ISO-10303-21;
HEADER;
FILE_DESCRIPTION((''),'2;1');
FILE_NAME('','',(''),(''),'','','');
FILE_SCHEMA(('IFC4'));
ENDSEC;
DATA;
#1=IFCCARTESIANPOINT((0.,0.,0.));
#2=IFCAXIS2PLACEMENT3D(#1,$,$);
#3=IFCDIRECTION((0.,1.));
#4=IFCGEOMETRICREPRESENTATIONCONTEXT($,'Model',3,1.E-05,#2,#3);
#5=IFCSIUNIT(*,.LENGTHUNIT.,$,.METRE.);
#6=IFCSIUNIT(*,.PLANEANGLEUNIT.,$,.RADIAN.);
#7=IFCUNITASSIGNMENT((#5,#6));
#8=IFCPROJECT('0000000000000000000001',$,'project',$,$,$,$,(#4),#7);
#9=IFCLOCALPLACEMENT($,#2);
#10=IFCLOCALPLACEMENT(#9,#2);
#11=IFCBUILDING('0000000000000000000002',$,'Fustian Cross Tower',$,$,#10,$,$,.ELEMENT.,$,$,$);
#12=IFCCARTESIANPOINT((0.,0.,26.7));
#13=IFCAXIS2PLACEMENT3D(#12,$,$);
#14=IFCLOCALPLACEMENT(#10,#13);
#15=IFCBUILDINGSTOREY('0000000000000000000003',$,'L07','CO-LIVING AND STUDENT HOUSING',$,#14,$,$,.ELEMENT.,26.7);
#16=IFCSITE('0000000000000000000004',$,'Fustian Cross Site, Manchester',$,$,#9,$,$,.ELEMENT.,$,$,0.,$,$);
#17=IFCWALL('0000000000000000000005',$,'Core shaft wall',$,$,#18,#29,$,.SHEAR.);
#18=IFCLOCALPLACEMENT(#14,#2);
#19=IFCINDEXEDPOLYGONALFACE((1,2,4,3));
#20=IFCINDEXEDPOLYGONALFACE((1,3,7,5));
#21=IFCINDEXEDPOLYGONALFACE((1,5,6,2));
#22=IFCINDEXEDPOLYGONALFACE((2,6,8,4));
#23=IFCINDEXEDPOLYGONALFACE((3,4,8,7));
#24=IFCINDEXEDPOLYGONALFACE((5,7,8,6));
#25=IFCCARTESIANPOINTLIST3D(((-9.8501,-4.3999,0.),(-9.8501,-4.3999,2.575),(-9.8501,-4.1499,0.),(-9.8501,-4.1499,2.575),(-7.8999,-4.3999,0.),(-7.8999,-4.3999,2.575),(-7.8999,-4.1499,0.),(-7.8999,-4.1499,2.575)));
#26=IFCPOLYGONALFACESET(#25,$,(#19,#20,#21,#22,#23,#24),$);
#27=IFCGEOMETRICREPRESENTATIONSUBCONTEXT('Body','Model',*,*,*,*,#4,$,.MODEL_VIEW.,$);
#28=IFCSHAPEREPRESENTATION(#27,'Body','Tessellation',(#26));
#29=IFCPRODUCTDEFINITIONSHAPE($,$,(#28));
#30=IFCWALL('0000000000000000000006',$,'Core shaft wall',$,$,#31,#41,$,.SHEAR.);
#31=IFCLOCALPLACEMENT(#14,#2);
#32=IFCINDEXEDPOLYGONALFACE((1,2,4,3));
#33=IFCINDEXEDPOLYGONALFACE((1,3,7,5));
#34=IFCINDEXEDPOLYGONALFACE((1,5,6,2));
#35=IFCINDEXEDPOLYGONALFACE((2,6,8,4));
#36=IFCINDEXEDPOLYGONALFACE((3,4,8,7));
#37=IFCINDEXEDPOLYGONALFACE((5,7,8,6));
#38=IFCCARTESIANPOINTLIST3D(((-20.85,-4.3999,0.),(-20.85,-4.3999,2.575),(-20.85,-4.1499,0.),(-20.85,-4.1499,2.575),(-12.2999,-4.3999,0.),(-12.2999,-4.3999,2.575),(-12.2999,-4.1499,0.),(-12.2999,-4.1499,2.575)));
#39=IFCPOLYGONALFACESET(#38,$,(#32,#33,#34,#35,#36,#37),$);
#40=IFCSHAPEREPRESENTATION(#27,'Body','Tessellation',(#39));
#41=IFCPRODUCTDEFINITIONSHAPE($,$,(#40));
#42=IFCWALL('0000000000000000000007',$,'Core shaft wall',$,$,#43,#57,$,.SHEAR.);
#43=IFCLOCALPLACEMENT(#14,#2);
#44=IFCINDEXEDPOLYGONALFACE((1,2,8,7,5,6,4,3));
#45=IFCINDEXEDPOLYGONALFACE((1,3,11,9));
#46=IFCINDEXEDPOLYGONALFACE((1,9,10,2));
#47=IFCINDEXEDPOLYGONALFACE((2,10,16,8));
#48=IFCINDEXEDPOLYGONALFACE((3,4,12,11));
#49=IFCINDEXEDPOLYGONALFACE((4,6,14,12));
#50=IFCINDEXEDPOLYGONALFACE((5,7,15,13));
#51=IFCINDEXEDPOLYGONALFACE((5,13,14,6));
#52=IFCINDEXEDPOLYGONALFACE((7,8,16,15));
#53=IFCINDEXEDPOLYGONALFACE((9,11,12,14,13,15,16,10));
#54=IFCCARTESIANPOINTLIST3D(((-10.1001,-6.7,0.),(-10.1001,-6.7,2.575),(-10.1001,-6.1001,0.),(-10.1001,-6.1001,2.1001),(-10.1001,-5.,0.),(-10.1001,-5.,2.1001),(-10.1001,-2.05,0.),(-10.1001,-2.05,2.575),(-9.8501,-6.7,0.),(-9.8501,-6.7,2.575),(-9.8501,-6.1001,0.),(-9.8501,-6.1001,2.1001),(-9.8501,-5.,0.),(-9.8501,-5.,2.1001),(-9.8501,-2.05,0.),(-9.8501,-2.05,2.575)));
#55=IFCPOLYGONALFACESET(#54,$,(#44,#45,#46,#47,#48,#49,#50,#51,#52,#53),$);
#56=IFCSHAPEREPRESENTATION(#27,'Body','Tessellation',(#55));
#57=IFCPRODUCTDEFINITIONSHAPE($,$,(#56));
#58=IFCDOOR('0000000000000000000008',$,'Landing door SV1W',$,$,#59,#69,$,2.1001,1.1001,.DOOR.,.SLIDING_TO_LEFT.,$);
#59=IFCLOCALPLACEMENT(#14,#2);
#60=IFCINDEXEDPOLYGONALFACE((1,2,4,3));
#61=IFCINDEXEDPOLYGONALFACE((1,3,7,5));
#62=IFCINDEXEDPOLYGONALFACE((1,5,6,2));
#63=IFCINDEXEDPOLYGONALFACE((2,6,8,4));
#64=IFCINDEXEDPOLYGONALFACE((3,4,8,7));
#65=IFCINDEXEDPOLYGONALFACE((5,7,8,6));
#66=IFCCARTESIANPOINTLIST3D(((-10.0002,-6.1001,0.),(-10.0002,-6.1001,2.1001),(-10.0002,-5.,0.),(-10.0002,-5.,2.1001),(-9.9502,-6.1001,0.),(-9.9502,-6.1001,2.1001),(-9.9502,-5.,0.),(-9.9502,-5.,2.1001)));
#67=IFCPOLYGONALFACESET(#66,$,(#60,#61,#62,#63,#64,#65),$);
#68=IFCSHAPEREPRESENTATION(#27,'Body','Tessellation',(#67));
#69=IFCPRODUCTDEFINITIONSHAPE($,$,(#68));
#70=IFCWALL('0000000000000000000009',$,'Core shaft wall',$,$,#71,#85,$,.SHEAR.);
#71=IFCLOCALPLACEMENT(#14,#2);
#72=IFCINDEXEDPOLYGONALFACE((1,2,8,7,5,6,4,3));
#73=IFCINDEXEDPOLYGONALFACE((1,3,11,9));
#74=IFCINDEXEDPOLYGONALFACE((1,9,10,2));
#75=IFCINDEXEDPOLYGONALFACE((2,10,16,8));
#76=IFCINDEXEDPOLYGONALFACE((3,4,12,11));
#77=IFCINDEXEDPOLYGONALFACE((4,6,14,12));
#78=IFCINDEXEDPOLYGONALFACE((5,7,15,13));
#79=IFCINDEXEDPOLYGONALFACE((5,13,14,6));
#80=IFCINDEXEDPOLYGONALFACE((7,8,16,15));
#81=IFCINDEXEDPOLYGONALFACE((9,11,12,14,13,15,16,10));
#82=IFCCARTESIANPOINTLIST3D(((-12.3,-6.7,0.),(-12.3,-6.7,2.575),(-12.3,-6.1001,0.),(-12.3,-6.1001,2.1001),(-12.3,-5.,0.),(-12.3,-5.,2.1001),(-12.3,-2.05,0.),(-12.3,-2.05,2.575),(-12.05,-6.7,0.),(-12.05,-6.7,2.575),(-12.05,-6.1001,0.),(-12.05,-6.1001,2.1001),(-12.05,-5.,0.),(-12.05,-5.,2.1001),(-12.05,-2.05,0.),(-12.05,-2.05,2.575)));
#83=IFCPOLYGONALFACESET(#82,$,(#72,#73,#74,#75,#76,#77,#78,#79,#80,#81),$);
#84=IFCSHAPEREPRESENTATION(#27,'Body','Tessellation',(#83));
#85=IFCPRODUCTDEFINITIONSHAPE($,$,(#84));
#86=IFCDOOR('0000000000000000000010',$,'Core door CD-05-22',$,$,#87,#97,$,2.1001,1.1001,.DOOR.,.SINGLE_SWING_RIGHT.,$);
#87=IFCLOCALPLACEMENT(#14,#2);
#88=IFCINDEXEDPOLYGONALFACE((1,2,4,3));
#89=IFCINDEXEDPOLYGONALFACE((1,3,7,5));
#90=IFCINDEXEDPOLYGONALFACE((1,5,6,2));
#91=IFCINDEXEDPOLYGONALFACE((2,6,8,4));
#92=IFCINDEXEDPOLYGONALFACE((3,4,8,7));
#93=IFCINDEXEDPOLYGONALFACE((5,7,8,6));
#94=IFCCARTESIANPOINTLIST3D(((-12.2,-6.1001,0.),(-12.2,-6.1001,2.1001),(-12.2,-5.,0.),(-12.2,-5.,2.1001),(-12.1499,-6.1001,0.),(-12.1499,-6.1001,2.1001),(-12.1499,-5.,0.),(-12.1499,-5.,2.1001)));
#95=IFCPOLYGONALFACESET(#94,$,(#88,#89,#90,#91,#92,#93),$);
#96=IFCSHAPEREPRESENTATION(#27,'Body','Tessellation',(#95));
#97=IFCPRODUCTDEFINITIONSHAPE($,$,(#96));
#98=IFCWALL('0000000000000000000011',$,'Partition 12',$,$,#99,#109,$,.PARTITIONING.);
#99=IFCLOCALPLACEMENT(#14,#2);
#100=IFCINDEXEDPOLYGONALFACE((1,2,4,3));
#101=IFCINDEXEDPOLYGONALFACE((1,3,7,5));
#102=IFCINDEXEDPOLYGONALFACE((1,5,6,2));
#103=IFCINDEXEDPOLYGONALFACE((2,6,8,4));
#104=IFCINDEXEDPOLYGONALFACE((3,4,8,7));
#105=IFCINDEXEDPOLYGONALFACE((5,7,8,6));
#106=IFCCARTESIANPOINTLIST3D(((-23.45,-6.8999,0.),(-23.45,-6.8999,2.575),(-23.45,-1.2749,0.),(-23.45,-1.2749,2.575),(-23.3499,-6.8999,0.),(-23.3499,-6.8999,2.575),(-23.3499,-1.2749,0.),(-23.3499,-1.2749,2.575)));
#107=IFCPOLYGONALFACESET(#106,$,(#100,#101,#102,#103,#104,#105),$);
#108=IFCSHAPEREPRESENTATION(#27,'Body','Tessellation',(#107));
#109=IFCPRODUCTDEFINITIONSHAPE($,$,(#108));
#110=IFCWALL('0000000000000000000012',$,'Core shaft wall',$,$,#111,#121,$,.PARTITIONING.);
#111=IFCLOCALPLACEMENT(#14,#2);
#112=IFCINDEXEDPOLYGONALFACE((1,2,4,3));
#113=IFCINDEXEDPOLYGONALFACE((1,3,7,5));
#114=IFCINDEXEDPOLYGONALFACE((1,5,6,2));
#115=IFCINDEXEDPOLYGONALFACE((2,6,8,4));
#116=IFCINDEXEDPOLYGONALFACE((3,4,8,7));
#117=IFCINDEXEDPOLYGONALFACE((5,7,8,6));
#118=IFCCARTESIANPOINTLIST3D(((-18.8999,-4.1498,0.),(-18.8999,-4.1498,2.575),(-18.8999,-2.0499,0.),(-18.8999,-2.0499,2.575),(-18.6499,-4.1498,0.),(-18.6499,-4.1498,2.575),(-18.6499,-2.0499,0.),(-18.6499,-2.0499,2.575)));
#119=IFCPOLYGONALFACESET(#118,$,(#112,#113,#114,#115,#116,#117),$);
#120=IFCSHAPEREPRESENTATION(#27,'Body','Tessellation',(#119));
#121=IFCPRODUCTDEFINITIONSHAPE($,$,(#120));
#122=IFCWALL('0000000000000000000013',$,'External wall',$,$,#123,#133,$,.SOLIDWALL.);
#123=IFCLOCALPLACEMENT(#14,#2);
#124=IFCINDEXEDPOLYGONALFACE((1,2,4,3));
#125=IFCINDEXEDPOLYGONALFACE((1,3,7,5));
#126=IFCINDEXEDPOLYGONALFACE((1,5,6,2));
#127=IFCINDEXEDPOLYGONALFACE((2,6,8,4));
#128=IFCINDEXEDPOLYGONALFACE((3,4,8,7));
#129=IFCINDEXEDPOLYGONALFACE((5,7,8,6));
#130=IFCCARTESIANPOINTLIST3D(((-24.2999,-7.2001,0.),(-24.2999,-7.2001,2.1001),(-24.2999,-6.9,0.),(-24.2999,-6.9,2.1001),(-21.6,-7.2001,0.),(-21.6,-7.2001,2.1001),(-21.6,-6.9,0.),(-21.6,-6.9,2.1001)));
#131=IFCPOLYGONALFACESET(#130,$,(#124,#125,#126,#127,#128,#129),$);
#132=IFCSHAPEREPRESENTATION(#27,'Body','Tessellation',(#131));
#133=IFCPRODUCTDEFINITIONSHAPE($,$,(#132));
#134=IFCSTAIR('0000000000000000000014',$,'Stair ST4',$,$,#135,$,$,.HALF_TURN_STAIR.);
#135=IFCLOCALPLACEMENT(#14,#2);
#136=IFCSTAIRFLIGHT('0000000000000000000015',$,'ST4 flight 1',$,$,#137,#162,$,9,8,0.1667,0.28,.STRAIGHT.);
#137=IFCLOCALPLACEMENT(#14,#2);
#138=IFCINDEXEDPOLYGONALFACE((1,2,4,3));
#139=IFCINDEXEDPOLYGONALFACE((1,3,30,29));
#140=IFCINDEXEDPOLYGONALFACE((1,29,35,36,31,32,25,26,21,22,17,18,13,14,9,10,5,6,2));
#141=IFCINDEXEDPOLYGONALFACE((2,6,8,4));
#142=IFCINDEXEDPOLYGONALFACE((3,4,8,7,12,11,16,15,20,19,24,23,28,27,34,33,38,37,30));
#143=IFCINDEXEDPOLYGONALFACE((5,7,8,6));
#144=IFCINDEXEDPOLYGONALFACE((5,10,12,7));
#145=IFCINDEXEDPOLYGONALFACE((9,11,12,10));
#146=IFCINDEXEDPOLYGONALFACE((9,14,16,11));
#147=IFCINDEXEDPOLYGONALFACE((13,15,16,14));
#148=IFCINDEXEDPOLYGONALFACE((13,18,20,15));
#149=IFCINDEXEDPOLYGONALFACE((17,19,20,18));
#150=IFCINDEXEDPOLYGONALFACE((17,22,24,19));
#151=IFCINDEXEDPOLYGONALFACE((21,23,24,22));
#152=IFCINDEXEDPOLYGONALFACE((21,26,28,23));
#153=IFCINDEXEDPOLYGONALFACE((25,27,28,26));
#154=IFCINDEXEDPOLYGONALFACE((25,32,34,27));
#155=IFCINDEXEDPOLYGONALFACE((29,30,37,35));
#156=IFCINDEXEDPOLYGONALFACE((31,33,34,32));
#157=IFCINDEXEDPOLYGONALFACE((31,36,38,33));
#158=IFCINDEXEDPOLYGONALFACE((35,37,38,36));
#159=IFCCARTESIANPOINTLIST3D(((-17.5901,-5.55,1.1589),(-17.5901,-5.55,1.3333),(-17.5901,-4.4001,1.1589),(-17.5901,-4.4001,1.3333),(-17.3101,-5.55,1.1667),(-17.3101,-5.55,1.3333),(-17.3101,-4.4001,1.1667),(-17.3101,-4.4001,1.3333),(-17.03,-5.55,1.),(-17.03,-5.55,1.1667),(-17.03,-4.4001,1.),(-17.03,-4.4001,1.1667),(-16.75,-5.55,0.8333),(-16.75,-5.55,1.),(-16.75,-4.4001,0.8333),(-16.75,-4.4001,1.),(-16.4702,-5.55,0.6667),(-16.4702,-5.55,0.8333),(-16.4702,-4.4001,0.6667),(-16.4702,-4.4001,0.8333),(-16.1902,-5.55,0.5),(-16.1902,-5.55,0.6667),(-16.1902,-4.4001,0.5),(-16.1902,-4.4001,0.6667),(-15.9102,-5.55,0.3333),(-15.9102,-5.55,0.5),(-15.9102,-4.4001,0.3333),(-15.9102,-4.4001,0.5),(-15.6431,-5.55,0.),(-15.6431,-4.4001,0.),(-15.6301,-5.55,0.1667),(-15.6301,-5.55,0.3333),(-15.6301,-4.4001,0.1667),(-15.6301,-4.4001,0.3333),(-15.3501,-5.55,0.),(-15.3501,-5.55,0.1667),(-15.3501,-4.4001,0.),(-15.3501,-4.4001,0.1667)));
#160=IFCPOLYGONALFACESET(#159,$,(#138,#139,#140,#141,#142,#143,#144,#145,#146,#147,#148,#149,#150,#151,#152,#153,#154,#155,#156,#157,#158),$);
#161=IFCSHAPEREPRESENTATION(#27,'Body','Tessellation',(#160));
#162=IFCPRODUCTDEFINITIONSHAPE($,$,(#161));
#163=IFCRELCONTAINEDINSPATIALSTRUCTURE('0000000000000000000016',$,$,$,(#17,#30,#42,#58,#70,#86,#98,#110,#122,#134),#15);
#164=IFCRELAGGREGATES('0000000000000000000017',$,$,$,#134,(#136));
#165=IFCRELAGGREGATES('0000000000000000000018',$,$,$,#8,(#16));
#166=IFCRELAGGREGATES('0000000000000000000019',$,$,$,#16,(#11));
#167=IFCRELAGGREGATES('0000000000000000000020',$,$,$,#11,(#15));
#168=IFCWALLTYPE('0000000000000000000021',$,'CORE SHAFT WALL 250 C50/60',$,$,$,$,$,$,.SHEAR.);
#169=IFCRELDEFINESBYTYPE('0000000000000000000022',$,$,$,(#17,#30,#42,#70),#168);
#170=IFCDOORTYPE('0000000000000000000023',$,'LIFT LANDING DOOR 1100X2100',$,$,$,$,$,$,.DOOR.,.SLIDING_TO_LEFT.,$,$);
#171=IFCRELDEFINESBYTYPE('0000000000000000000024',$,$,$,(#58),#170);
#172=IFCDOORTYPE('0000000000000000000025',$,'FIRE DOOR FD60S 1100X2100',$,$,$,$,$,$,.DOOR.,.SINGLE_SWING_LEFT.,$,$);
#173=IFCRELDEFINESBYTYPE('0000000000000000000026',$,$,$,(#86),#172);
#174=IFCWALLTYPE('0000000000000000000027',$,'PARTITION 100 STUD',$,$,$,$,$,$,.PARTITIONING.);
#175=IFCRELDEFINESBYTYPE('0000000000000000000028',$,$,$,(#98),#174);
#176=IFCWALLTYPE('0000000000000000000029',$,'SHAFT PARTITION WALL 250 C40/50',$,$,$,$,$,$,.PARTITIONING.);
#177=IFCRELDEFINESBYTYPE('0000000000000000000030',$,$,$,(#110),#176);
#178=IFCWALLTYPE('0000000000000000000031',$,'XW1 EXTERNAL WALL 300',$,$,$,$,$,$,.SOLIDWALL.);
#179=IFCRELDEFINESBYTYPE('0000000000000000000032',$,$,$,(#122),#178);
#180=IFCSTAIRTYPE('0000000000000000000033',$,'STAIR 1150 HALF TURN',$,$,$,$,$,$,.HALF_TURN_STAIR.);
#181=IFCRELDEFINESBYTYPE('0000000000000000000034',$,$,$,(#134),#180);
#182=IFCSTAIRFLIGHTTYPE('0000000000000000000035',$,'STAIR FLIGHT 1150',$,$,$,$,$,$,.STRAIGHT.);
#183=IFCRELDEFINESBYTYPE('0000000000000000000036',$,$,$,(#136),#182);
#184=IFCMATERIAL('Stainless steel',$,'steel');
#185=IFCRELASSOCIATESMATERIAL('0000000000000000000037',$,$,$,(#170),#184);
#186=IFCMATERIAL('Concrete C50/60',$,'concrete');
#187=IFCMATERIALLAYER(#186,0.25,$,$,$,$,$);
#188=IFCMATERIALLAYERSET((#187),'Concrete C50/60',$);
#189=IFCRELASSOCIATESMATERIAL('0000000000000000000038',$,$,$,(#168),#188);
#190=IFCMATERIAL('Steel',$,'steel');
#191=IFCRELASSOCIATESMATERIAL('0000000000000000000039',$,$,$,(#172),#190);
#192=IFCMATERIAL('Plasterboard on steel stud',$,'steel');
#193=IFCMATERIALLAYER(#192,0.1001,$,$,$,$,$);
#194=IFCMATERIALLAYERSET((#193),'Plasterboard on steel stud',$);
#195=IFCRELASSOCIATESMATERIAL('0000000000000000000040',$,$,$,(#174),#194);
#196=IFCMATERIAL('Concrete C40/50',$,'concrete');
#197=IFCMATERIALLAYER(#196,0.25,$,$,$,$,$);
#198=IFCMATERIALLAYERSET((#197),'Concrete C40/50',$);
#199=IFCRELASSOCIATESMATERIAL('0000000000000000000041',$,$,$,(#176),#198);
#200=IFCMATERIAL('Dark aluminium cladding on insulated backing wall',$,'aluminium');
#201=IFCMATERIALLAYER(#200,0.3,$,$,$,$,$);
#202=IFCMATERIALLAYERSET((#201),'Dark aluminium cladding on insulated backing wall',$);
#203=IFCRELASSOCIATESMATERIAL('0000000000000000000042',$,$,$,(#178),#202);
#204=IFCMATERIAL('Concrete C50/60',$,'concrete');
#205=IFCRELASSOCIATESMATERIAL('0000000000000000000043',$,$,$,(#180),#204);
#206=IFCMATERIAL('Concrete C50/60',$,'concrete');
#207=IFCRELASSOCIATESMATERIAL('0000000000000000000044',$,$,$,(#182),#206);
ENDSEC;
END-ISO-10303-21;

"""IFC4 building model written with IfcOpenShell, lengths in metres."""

from ifc_helpers import new_model, si_unit, direction, frame, frame_2d, origin, place, context, subcontext, project, spatial, polyline, rectangle, outline, extrude, material, layer, layer_set, type_object, element, fill, aggregate, save


model = new_model("IFC4")

# Units and contexts
model_context = context("Model", 3, precision=1e-05, world=origin(), true_north=direction((0.0, 1.0)))
body_context = subcontext(model_context, "Body", "Model", "MODEL_VIEW")
ifc_project = project(units=[si_unit("LENGTHUNIT", "METRE"), si_unit("PLANEANGLEUNIT", "RADIAN")], contexts=[model_context])

# Site, building, storey
site_placement = place(None, origin())
site = spatial("IfcSite", under=ifc_project, at=site_placement, Name="Fustian Cross Site, Manchester", CompositionType="ELEMENT", RefElevation=0.0)
building_placement = place(site_placement, origin())
building = spatial("IfcBuilding", under=site, at=building_placement, Name="Fustian Cross Tower", CompositionType="ELEMENT")
storey_placement = place(building_placement, frame((0.0, 0.0, 26.7)))
storey = spatial("IfcBuildingStorey", under=building, at=storey_placement, Name="L07", Description="CO-LIVING AND STUDENT HOUSING", CompositionType="ELEMENT", Elevation=26.7)

# Shared definitions
ifc_material_1 = material(Name="Stainless steel", Category="steel")
door_type_1 = type_object("IfcDoorType", Name="LIFT LANDING DOOR 1100X2100", OperationType="SLIDING_TO_LEFT", PredefinedType="DOOR", material=ifc_material_1)

# Walls
ifc_material_2 = material(Name="Concrete C50/60", Category="concrete")
ifc_layer_1 = layer(ifc_material_2, 0.25)
ifc_layer_set_1 = layer_set([ifc_layer_1], Name="Concrete C50/60")
wall_type_1 = type_object("IfcWallType", Name="CORE SHAFT WALL 250 C50/60", PredefinedType="SHEAR", material=ifc_layer_set_1)
wall_1_placement = place(storey_placement, frame((-7.8999, -4.2749, 0.0), z_axis=(0.0, 0.0, 1.0), x_axis=(-1.0, 0.0, 0.0)))
element("IfcWall", 1, at=wall_1_placement, inside=storey, type_object=wall_type_1, Name="Core shaft wall", PredefinedType="SHEAR", context=body_context, shape_type="SweptSolid", body=[
    extrude(rectangle(XDim=1.9502, YDim=0.25, at=frame_2d((0.9751, 0.0))), origin(), (0.0, 0.0, 1.0), 2.575),
])
wall_2_placement = place(storey_placement, frame((-12.3, -4.2749, 0.0), z_axis=(0.0, 0.0, 1.0), x_axis=(-1.0, 0.0, 0.0)))
element("IfcWall", 2, at=wall_2_placement, inside=storey, type_object=wall_type_1, Name="Core shaft wall", PredefinedType="SHEAR", context=body_context, shape_type="SweptSolid", body=[
    extrude(rectangle(XDim=8.55, YDim=0.25, at=frame_2d((4.2749, 0.0))), origin(), (0.0, 0.0, 1.0), 2.575),
])

# Walls, openings, doors
wall_3_placement = place(storey_placement, frame((-9.9751, -2.05, 0.0), z_axis=(0.0, 0.0, 1.0), x_axis=(0.0, -1.0, 0.0)))
wall_3 = element("IfcWall", 3, at=wall_3_placement, inside=storey, type_object=wall_type_1, Name="Core shaft wall", PredefinedType="SHEAR", context=body_context, shape_type="SweptSolid", body=[
    extrude(rectangle(XDim=4.6499, YDim=0.25, at=frame_2d((2.325, 0.0))), origin(), (0.0, 0.0, 1.0), 2.575),
])
opening_1_placement = place(wall_3_placement, frame((2.95, 0.0, 0.0)))
opening_1 = element("IfcOpeningElement", 4, at=opening_1_placement, cuts=wall_3, PredefinedType="OPENING", context=body_context, shape_type="SweptSolid", body=[
    extrude(rectangle(XDim=1.1001, YDim=2.1001, at=frame_2d((0.55, 1.05))), frame((0.0, 0.135, 0.0), z_axis=(0.0, -1.0, 0.0), x_axis=(1.0, 0.0, 0.0)), (0.0, 0.0, 1.0), 0.27),
])
door_1_placement = place(opening_1_placement, origin())
door_1 = element("IfcDoor", 5, at=door_1_placement, inside=storey, type_object=door_type_1, Name="Landing door SV1W", OperationType="SLIDING_TO_LEFT", OverallHeight=2.1001, OverallWidth=1.1001, PredefinedType="DOOR", context=body_context, shape_type="SweptSolid", body=[
    extrude(rectangle(XDim=1.1001, YDim=2.1001, at=frame_2d((0.55, 1.05))), frame((0.0, 0.0249, 0.0), z_axis=(0.0, -1.0, 0.0), x_axis=(1.0, 0.0, 0.0)), (0.0, 0.0, 1.0), 0.05),
])
fill(opening_1, door_1)
wall_4_placement = place(storey_placement, frame((-12.175, -2.05, 0.0), z_axis=(0.0, 0.0, 1.0), x_axis=(0.0, -1.0, 0.0)))
wall_4 = element("IfcWall", 6, at=wall_4_placement, inside=storey, type_object=wall_type_1, Name="Core shaft wall", PredefinedType="SHEAR", context=body_context, shape_type="SweptSolid", body=[
    extrude(rectangle(XDim=4.6499, YDim=0.25, at=frame_2d((2.325, 0.0))), origin(), (0.0, 0.0, 1.0), 2.575),
])
opening_2_placement = place(wall_4_placement, frame((2.95, 0.0, 0.0)))
opening_2 = element("IfcOpeningElement", 7, at=opening_2_placement, cuts=wall_4, PredefinedType="OPENING", context=body_context, shape_type="SweptSolid", body=[
    extrude(rectangle(XDim=1.1001, YDim=2.1001, at=frame_2d((0.55, 1.05))), frame((0.0, 0.135, 0.0), z_axis=(0.0, -1.0, 0.0), x_axis=(1.0, 0.0, 0.0)), (0.0, 0.0, 1.0), 0.27),
])
ifc_material_3 = material(Name="Steel", Category="steel")
door_type_2 = type_object("IfcDoorType", Name="FIRE DOOR FD60S 1100X2100", OperationType="SINGLE_SWING_LEFT", PredefinedType="DOOR", material=ifc_material_3)
door_2_placement = place(opening_2_placement, frame((1.1001, 0.0, 0.0), z_axis=(0.0, 0.0, 1.0), x_axis=(-1.0, 0.0, 0.0)))
door_2 = element("IfcDoor", 8, at=door_2_placement, inside=storey, type_object=door_type_2, Name="Core door CD-05-22", OperationType="SINGLE_SWING_RIGHT", OverallHeight=2.1001, OverallWidth=1.1001, PredefinedType="DOOR", context=body_context, shape_type="SweptSolid", body=[
    extrude(rectangle(XDim=1.1001, YDim=2.1001, at=frame_2d((0.55, 1.05))), frame((0.0, 0.0249, 0.0), z_axis=(0.0, -1.0, 0.0), x_axis=(1.0, 0.0, 0.0)), (0.0, 0.0, 1.0), 0.05),
])
fill(opening_2, door_2)

# Walls
ifc_material_4 = material(Name="Plasterboard on steel stud", Category="steel")
ifc_layer_2 = layer(ifc_material_4, 0.1001)
ifc_layer_set_2 = layer_set([ifc_layer_2], Name="Plasterboard on steel stud")
wall_type_2 = type_object("IfcWallType", Name="PARTITION 100 STUD", PredefinedType="PARTITIONING", material=ifc_layer_set_2)
wall_5_placement = place(storey_placement, frame((-23.3999, -6.8999, 0.0), z_axis=(0.0, 0.0, 1.0), x_axis=(0.0, 1.0, 0.0)))
element("IfcWall", 9, at=wall_5_placement, inside=storey, type_object=wall_type_2, Name="Partition 12", PredefinedType="PARTITIONING", context=body_context, shape_type="SweptSolid", body=[
    extrude(rectangle(XDim=5.625, YDim=0.1001, at=frame_2d((2.8125, 0.0))), origin(), (0.0, 0.0, 1.0), 2.575),
])
ifc_material_5 = material(Name="Concrete C40/50", Category="concrete")
ifc_layer_3 = layer(ifc_material_5, 0.25)
ifc_layer_set_3 = layer_set([ifc_layer_3], Name="Concrete C40/50")
wall_type_3 = type_object("IfcWallType", Name="SHAFT PARTITION WALL 250 C40/50", PredefinedType="PARTITIONING", material=ifc_layer_set_3)
wall_6_placement = place(storey_placement, frame((-18.7749, -2.05, 0.0), z_axis=(0.0, 0.0, 1.0), x_axis=(0.0, -1.0, 0.0)))
element("IfcWall", 10, at=wall_6_placement, inside=storey, type_object=wall_type_3, Name="Core shaft wall", PredefinedType="PARTITIONING", context=body_context, shape_type="SweptSolid", body=[
    extrude(rectangle(XDim=2.0999, YDim=0.25, at=frame_2d((1.0498, 0.0))), origin(), (0.0, 0.0, 1.0), 2.575),
])
ifc_material_6 = material(Name="Dark aluminium cladding on insulated backing wall", Category="aluminium")
ifc_layer_4 = layer(ifc_material_6, 0.3)
ifc_layer_set_4 = layer_set([ifc_layer_4], Name="Dark aluminium cladding on insulated backing wall")
wall_type_4 = type_object("IfcWallType", Name="XW1 EXTERNAL WALL 300", PredefinedType="SOLIDWALL", material=ifc_layer_set_4)
wall_7_placement = place(storey_placement, frame((-24.3, -7.05, 0.0), z_axis=(0.0, 0.0, 1.0), x_axis=(1.0, 0.0, 0.0)))
element("IfcWall", 11, at=wall_7_placement, inside=storey, type_object=wall_type_4, Name="External wall", PredefinedType="SOLIDWALL", context=body_context, shape_type="SweptSolid", body=[
    extrude(rectangle(XDim=2.7, YDim=0.3, at=frame_2d((1.3501, 0.0))), origin(), (0.0, 0.0, 1.0), 2.1001),
])

# Stair, stair flight
ifc_material_7 = material(Name="Concrete C50/60", Category="concrete")
stair_type = type_object("IfcStairType", Name="STAIR 1150 HALF TURN", PredefinedType="HALF_TURN_STAIR", material=ifc_material_7)
stair_placement = place(storey_placement, origin())
stair = element("IfcStair", 12, at=stair_placement, inside=storey, type_object=stair_type, Name="Stair ST4", PredefinedType="HALF_TURN_STAIR")
ifc_material_8 = material(Name="Concrete C50/60", Category="concrete")
stair_flight_type = type_object("IfcStairFlightType", Name="STAIR FLIGHT 1150", PredefinedType="STRAIGHT", material=ifc_material_8)
stair_flight_1_placement = place(storey_placement, frame((-15.3501, -4.9751, 0.0), z_axis=(0.0, 0.0, 1.0), x_axis=(-1.0, 0.0, 0.0)))
stair_flight_1 = element("IfcStairFlight", 13, at=stair_flight_1_placement, type_object=stair_flight_type, Name="ST4 flight 1", NumberOfRisers=9, NumberOfTreads=8, PredefinedType="STRAIGHT", RiserHeight=0.1667, TreadLength=0.28, context=body_context, shape_type="SweptSolid", body=[
    extrude(outline(polyline([(0.0, 0.0), (0.0, 0.1667), (0.28, 0.1667), (0.28, 0.3333), (0.5601, 0.3333), (0.5601, 0.5), (0.8401, 0.5), (0.8401, 0.6667), (1.1201, 0.6667), (1.1201, 0.8333), (1.3999, 0.8333), (1.3999, 1.0), (1.6799, 1.0), (1.6799, 1.1667), (1.96, 1.1667), (1.96, 1.3333), (2.24, 1.3333), (2.24, 1.5), (2.24, 1.1589), (0.293, 0.0), (0.0, 0.0)])), frame((0.0, 0.575, 0.0), z_axis=(0.0, -1.0, 0.0), x_axis=(1.0, 0.0, 0.0)), (0.0, 0.0, 1.0), 1.1499),
])
aggregate(stair, [stair_flight_1])

save(model, "model.ifc")
